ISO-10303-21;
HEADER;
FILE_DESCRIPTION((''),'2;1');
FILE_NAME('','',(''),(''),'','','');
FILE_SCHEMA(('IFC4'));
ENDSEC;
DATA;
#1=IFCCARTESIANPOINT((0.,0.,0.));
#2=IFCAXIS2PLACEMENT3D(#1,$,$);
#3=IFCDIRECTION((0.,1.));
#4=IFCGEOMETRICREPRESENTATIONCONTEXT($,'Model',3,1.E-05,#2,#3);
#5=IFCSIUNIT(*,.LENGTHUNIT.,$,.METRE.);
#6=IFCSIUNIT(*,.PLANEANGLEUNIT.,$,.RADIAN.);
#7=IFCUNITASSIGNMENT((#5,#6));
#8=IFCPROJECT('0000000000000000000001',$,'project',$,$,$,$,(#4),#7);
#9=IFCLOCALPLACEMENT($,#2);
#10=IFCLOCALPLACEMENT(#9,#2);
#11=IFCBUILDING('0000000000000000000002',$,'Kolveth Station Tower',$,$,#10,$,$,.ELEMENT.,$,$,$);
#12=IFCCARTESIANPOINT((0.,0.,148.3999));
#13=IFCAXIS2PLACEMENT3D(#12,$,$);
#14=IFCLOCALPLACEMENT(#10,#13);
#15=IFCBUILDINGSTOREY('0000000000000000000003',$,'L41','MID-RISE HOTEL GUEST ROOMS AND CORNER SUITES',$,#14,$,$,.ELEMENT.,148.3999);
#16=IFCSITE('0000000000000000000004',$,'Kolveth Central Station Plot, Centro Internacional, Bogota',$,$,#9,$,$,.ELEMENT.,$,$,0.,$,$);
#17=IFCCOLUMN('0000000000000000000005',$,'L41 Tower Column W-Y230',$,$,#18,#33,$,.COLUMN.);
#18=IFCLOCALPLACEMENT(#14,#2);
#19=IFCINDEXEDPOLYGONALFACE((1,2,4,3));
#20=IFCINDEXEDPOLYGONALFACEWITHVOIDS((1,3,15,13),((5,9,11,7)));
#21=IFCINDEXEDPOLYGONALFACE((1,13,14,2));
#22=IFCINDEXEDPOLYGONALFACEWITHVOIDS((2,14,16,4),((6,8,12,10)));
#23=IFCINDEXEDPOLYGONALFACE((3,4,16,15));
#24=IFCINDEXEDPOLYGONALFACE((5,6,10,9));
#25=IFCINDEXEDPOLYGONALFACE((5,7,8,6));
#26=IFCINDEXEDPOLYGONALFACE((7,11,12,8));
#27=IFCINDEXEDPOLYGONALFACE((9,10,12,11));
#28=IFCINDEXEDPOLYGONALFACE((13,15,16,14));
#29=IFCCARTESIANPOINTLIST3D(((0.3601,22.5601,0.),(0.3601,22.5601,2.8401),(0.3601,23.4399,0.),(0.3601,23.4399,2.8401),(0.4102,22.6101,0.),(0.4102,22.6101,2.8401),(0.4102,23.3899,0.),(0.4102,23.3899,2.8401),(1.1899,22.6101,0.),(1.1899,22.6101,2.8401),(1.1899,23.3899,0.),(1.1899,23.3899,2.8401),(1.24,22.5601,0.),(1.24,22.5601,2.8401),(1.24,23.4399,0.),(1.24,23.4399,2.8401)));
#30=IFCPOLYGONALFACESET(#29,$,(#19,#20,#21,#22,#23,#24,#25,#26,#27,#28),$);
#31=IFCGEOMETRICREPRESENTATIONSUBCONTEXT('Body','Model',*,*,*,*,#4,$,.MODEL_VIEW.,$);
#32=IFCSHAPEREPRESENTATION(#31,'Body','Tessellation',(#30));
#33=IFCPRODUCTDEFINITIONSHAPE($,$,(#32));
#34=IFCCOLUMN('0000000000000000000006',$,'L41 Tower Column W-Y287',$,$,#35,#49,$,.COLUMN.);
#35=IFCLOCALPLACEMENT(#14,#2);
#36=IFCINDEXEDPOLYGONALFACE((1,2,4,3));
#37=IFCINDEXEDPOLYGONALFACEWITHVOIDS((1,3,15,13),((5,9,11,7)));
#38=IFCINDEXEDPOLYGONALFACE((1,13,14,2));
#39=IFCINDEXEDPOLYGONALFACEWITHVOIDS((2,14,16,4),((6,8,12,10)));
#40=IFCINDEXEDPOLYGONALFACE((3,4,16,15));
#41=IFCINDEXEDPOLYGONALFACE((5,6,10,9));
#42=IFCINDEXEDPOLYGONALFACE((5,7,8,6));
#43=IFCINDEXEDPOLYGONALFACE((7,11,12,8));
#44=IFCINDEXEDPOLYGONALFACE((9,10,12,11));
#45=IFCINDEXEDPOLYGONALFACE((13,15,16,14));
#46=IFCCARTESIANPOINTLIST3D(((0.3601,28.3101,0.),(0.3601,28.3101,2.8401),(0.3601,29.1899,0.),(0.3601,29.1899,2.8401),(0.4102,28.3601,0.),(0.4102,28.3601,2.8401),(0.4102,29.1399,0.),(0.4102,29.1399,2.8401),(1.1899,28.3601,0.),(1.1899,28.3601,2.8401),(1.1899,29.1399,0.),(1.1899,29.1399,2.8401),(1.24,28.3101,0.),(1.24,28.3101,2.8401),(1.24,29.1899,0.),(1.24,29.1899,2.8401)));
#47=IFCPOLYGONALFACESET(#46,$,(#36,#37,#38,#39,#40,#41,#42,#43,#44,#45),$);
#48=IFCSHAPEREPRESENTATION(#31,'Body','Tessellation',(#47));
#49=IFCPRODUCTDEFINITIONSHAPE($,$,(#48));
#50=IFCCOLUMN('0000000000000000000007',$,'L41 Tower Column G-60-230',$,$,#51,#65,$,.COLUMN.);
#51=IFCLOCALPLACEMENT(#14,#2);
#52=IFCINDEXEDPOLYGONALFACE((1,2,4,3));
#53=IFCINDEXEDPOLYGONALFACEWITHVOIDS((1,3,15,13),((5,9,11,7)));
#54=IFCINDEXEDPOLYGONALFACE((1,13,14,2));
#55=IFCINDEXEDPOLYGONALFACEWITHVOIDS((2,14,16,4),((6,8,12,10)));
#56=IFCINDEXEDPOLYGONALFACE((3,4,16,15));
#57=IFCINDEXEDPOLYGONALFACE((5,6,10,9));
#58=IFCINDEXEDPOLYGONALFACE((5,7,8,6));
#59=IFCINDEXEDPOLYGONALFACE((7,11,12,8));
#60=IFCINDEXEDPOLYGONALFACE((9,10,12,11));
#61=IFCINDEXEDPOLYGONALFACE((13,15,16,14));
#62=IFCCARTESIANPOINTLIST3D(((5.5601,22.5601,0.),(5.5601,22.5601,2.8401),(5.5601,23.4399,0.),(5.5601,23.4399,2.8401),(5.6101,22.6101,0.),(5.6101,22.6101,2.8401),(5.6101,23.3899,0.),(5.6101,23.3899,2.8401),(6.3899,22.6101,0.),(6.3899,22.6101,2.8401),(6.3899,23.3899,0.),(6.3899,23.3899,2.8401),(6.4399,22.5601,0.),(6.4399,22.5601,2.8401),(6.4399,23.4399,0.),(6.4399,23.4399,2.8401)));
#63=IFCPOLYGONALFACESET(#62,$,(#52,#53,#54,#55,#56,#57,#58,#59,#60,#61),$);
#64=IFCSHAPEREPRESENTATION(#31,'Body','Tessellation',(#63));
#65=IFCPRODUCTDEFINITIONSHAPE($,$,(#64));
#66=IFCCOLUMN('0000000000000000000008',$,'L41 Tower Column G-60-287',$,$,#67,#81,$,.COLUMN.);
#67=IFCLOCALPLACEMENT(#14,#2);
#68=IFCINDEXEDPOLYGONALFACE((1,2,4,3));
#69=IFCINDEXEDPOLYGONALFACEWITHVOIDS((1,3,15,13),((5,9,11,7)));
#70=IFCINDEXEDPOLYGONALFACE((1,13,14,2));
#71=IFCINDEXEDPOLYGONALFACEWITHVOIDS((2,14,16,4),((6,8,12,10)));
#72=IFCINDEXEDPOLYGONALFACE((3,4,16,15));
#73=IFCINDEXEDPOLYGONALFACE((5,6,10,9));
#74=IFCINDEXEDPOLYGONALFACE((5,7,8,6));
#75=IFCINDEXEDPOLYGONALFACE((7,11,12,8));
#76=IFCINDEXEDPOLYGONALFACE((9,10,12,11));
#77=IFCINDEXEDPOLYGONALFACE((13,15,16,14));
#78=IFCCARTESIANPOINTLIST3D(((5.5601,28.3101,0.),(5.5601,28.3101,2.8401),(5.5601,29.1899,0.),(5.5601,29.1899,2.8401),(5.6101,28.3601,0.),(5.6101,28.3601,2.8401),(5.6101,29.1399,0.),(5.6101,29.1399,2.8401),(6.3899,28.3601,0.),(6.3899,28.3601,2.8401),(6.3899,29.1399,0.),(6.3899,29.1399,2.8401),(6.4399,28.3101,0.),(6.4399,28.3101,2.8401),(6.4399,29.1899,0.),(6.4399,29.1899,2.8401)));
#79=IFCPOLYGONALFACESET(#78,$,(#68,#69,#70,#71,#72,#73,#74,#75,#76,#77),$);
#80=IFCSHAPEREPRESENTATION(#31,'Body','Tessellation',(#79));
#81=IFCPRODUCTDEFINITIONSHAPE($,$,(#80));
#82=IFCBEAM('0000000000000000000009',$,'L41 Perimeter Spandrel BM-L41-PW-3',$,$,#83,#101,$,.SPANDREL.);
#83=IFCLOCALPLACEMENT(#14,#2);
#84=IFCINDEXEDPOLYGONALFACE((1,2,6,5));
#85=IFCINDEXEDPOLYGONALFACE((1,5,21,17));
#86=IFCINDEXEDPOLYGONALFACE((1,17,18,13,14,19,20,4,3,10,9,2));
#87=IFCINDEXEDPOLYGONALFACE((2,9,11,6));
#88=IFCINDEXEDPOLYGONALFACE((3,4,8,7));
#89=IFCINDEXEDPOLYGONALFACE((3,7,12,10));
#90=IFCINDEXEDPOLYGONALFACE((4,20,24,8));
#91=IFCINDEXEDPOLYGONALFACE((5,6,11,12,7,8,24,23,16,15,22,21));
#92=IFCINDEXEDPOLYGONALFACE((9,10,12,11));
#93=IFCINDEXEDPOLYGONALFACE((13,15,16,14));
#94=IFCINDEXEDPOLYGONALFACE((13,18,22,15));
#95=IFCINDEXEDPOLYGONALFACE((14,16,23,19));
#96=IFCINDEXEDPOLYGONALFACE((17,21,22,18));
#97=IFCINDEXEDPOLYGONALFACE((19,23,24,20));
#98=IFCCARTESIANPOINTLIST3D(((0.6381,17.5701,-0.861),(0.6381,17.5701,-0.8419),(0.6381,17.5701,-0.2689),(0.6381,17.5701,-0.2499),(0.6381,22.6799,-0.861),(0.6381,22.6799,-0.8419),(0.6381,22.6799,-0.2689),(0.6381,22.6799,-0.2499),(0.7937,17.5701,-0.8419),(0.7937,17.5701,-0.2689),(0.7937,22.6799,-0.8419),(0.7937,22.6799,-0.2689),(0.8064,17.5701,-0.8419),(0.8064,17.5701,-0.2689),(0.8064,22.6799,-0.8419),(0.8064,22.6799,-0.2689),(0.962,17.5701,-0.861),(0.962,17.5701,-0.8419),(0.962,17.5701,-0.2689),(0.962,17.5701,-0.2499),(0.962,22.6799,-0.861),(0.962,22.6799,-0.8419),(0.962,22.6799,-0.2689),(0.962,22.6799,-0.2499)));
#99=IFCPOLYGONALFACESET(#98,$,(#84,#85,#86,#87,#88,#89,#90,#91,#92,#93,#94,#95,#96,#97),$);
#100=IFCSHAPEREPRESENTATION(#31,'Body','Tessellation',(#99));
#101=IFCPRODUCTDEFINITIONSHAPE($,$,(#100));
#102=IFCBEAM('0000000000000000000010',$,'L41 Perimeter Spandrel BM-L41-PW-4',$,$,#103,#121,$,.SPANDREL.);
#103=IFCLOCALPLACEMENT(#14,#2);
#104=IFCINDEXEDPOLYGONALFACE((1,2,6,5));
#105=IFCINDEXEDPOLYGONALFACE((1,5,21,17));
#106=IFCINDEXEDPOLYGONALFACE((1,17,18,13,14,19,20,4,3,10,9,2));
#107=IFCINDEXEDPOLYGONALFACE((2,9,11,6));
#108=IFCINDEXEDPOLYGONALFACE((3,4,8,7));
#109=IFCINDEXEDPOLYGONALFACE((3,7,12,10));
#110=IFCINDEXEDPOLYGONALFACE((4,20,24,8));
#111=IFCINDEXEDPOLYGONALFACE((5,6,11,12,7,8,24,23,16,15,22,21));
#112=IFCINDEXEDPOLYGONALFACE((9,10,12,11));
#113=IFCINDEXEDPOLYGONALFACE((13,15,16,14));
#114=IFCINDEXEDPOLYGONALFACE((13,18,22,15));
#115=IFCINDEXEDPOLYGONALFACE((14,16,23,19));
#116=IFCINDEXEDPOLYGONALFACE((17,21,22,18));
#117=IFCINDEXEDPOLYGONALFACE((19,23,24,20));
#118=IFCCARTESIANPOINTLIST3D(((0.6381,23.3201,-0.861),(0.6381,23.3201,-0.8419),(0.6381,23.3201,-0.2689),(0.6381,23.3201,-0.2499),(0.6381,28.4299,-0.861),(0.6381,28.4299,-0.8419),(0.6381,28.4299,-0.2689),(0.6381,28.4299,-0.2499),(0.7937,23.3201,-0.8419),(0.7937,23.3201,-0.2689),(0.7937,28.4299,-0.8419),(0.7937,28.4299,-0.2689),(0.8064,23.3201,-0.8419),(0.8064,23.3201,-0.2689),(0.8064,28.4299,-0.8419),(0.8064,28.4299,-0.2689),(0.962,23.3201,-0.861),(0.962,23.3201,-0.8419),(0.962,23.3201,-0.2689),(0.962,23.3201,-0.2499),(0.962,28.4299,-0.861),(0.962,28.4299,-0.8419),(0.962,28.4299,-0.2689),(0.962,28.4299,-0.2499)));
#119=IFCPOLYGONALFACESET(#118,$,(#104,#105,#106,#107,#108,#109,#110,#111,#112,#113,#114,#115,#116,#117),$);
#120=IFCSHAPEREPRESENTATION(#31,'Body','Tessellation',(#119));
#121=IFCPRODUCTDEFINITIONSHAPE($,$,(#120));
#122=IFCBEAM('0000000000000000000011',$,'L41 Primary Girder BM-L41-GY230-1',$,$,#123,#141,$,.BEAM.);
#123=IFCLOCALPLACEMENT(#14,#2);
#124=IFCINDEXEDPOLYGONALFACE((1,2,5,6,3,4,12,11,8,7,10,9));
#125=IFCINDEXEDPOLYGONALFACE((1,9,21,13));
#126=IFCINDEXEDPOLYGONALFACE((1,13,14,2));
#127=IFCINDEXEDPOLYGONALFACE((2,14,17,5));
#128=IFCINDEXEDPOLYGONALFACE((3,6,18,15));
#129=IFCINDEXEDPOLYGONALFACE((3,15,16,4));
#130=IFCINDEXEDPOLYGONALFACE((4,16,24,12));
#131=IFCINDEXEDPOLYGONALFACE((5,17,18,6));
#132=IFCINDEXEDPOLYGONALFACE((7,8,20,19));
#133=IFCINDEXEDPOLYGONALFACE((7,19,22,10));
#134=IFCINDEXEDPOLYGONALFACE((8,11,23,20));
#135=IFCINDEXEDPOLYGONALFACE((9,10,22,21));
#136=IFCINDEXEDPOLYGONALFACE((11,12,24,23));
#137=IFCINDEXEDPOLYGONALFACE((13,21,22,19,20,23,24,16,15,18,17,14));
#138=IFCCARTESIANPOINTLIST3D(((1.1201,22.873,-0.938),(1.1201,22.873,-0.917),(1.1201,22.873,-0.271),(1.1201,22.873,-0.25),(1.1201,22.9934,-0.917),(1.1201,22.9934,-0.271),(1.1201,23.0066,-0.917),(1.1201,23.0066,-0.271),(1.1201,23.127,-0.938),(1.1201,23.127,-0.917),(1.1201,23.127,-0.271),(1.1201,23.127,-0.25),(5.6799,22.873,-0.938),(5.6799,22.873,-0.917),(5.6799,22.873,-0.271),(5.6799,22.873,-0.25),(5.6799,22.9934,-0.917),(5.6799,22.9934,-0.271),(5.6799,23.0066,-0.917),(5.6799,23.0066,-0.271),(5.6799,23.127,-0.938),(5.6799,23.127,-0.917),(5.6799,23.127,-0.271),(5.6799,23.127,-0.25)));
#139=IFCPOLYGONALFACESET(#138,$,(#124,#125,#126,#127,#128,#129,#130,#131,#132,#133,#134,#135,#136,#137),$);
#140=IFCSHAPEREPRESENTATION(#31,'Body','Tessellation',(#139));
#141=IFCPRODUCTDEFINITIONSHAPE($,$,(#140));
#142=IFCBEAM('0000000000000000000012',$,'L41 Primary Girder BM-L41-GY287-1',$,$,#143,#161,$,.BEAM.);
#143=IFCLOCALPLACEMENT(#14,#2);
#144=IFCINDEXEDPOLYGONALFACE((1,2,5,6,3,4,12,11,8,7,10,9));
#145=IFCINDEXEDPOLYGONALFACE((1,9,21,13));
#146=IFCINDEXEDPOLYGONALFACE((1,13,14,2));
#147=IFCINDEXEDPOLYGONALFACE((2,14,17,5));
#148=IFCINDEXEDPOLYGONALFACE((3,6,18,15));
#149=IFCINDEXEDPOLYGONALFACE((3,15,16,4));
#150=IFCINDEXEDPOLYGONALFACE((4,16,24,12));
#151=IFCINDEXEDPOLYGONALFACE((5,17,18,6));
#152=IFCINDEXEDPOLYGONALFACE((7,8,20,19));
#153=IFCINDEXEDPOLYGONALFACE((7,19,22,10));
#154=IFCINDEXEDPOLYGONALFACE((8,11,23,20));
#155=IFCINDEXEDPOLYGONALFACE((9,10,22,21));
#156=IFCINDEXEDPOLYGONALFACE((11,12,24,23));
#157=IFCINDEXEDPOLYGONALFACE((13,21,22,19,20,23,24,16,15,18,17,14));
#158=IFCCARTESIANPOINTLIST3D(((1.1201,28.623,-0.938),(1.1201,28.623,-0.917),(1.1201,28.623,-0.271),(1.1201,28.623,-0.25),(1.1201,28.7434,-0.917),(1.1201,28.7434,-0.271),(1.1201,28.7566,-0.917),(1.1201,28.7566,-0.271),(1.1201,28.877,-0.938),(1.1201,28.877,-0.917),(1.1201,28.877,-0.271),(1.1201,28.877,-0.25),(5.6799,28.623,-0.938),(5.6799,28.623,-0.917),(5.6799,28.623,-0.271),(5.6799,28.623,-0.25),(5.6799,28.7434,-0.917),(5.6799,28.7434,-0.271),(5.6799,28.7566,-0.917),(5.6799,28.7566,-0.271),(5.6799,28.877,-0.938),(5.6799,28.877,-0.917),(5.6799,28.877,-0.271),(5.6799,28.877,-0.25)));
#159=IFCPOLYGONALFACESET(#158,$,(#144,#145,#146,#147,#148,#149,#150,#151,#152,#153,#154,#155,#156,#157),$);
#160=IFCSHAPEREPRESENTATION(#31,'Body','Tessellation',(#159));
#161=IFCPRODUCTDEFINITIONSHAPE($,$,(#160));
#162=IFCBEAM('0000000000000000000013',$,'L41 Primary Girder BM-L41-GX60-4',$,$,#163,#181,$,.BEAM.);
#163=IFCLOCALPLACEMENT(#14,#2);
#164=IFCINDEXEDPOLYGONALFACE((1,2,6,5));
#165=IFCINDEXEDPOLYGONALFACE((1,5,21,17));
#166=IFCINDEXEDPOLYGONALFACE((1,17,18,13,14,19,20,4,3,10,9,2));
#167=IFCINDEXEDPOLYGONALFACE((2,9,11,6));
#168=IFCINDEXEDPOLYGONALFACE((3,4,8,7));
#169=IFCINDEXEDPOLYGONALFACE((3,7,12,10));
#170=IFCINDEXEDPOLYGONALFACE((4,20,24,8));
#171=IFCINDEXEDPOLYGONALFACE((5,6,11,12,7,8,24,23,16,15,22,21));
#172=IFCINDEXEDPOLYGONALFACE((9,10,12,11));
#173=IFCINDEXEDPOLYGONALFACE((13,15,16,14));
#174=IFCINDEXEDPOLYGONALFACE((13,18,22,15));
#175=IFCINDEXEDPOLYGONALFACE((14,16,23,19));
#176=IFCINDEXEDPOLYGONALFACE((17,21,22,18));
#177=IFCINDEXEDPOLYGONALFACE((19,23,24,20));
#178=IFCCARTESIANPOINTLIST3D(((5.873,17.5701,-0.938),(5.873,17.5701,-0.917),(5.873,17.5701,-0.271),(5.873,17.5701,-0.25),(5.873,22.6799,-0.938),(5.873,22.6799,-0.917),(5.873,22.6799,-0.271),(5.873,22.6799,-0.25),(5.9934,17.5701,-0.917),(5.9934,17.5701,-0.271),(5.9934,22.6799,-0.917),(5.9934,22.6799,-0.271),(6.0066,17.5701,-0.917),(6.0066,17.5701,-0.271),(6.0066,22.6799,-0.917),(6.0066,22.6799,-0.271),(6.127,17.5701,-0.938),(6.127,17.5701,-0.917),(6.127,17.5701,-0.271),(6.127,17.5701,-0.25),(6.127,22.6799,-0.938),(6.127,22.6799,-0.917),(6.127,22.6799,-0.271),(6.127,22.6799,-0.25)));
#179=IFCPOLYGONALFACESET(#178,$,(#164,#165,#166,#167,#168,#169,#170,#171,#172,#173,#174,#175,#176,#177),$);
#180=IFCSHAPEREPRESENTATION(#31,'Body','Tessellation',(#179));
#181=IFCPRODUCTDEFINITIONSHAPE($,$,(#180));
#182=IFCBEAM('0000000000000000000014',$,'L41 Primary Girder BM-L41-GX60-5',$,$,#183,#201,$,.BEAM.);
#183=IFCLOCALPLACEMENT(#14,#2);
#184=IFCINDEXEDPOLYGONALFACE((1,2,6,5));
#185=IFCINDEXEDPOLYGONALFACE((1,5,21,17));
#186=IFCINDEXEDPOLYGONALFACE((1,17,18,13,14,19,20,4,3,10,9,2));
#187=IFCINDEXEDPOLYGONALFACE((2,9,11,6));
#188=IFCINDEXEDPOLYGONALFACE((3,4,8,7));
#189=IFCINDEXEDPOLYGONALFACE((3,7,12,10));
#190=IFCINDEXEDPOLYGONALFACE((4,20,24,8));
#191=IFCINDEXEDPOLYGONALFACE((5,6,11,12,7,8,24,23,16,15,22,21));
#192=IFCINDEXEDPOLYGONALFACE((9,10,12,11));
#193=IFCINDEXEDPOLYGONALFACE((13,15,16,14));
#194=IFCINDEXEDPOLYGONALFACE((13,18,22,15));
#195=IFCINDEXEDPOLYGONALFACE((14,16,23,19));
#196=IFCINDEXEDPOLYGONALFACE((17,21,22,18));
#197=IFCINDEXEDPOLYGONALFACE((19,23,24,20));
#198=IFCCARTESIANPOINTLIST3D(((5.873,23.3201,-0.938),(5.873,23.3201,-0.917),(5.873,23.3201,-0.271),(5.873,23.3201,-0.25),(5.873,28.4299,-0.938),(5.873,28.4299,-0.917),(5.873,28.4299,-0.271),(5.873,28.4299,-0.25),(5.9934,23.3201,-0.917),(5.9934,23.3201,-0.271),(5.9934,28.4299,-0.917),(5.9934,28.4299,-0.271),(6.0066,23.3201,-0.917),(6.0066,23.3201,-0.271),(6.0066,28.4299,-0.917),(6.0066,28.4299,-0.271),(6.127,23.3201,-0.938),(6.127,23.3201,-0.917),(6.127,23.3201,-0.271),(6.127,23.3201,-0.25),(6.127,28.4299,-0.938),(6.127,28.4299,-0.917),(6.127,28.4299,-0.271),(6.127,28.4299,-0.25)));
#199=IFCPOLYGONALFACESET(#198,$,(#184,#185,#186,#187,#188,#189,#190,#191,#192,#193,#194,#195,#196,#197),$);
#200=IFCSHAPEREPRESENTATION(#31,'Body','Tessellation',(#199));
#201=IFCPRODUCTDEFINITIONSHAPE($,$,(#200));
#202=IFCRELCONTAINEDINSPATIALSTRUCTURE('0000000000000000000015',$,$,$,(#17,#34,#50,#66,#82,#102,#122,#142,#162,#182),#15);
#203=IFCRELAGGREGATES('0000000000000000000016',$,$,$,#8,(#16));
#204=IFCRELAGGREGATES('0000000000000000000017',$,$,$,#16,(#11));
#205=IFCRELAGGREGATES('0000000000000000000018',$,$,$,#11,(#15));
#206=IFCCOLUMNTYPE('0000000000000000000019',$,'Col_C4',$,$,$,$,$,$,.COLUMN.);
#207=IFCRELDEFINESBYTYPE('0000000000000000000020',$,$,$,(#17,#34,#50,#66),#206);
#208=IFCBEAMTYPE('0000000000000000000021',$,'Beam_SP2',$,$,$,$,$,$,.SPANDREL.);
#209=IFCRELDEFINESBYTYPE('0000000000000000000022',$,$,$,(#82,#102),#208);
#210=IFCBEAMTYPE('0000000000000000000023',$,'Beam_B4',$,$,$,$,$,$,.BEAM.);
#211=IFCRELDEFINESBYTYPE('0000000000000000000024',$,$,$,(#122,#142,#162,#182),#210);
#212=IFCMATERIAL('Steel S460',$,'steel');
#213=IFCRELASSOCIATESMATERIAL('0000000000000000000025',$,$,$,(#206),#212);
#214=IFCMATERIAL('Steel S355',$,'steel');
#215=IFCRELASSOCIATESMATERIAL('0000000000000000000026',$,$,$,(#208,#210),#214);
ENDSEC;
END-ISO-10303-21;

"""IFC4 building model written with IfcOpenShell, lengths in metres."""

from ifc_helpers import new_model, si_unit, direction, frame, origin, origin_2d, place, context, subcontext, project, spatial, hollow_rectangle, i_section, extrude, source, transform, mapped, material, material_profile, profile_set, type_object, element, save


model = new_model("IFC4")

# Units and contexts
model_context = context("Model", 3, precision=1e-05, world=origin(), true_north=direction((0.0, 1.0)))
body_context = subcontext(model_context, "Body", "Model", "MODEL_VIEW")
ifc_project = project(units=[si_unit("LENGTHUNIT", "METRE"), si_unit("PLANEANGLEUNIT", "RADIAN")], contexts=[model_context])

# Site, building, storey
site_placement = place(None, origin())
site = spatial("IfcSite", under=ifc_project, at=site_placement, Name="Kolveth Central Station Plot, Centro Internacional, Bogota", CompositionType="ELEMENT", RefElevation=0.0)
building_placement = place(site_placement, origin())
building = spatial("IfcBuilding", under=site, at=building_placement, Name="Kolveth Station Tower", CompositionType="ELEMENT")
storey_placement = place(building_placement, frame((0.0, 0.0, 148.3999)))
storey = spatial("IfcBuildingStorey", under=building, at=storey_placement, Name="L41", Description="MID-RISE HOTEL GUEST ROOMS AND CORNER SUITES", CompositionType="ELEMENT", Elevation=148.3999)

# Columns
ifc_material_1 = material(Name="Steel S460", Category="steel")
ifc_material_profile_1 = material_profile(ifc_material_1, hollow_rectangle(XDim=0.8799, YDim=0.8799, WallThickness=0.05, at=origin_2d()), Name="BOX880x880x50")
ifc_profile_set_1 = profile_set([ifc_material_profile_1], Name="Steel S460")
column_type = type_object("IfcColumnType", Name="Col_C4", PredefinedType="COLUMN", material=ifc_profile_set_1)
shared_shape_1 = source(origin(), body_context, "Body", "SweptSolid", [
    extrude(hollow_rectangle(XDim=0.8799, YDim=0.8799, WallThickness=0.05, at=origin_2d()), origin(), (0.0, 0.0, 1.0), 2.8401),
])
for number, where, z_axis, x_axis, name in (
    (1, (0.8, 23.0, 0.0), (0.0, 0.0, 1.0), (1.0, 0.0, 0.0), "L41 Tower Column W-Y230"),
    (2, (0.8, 28.75, 0.0), (0.0, 0.0, 1.0), (1.0, 0.0, 0.0), "L41 Tower Column W-Y287"),
    (3, (6.0, 23.0, 0.0), (0.0, 0.0, 1.0), (1.0, 0.0, 0.0), "L41 Tower Column G-60-230"),
    (4, (6.0, 28.75, 0.0), (0.0, 0.0, 1.0), (1.0, 0.0, 0.0), "L41 Tower Column G-60-287"),
):
    element("IfcColumn", number, at=place(storey_placement, frame(where, z_axis=z_axis, x_axis=x_axis)), inside=storey, type_object=column_type, Name=name, PredefinedType="COLUMN", context=body_context, shape_type="MappedRepresentation", body=[
        mapped(shared_shape_1, transform((0.0, 0.0, 0.0), x_axis=(1.0, 0.0, 0.0), y_axis=(0.0, 1.0, 0.0), z_axis=(0.0, 0.0, 1.0), scale=1.0)),
    ])

# Beams
ifc_material_2 = material(Name="Steel S355", Category="steel")
ifc_material_profile_2 = material_profile(ifc_material_2, i_section(OverallWidth=0.324, OverallDepth=0.6111, WebThickness=0.0127, FlangeThickness=0.019, at=origin_2d()), Name="W610x155")
ifc_profile_set_2 = profile_set([ifc_material_profile_2], Name="Steel S355")
beam_type_1 = type_object("IfcBeamType", Name="Beam_SP2", PredefinedType="SPANDREL", material=ifc_profile_set_2)
shared_shape_2 = source(origin(), body_context, "Body", "SweptSolid", [
    extrude(i_section(OverallWidth=0.324, OverallDepth=0.6111, WebThickness=0.0127, FlangeThickness=0.019, at=origin_2d()), origin(), (0.0, 0.0, 1.0), 5.1099),
])
for number, where, z_axis, x_axis, name in (
    (5, (0.8, 17.5701, -0.5554), (0.0, 1.0, 0.0), (-1.0, 0.0, 0.0), "L41 Perimeter Spandrel BM-L41-PW-3"),
    (6, (0.8, 23.3201, -0.5554), (0.0, 1.0, 0.0), (-1.0, 0.0, 0.0), "L41 Perimeter Spandrel BM-L41-PW-4"),
):
    element("IfcBeam", number, at=place(storey_placement, frame(where, z_axis=z_axis, x_axis=x_axis)), inside=storey, type_object=beam_type_1, Name=name, PredefinedType="SPANDREL", context=body_context, shape_type="MappedRepresentation", body=[
        mapped(shared_shape_2, transform((0.0, 0.0, 0.0), x_axis=(1.0, 0.0, 0.0), y_axis=(0.0, 1.0, 0.0), z_axis=(0.0, 0.0, 1.0), scale=1.0)),
    ])
ifc_material_profile_3 = material_profile(ifc_material_2, i_section(OverallWidth=0.2539, OverallDepth=0.688, WebThickness=0.0132, FlangeThickness=0.021, at=origin_2d()), Name="W690x152")
ifc_profile_set_3 = profile_set([ifc_material_profile_3], Name="Steel S355")
beam_type_2 = type_object("IfcBeamType", Name="Beam_B4", PredefinedType="BEAM", material=ifc_profile_set_3)
shared_shape_3 = source(origin(), body_context, "Body", "SweptSolid", [
    extrude(i_section(OverallWidth=0.2539, OverallDepth=0.688, WebThickness=0.0132, FlangeThickness=0.021, at=origin_2d()), origin(), (0.0, 0.0, 1.0), 4.5598),
])
for number, where, z_axis, x_axis, name in (
    (7, (1.1201, 23.0, -0.594), (1.0, 0.0, 0.0), (0.0, 1.0, 0.0), "L41 Primary Girder BM-L41-GY230-1"),
    (8, (1.1201, 28.75, -0.594), (1.0, 0.0, 0.0), (0.0, 1.0, 0.0), "L41 Primary Girder BM-L41-GY287-1"),
):
    element("IfcBeam", number, at=place(storey_placement, frame(where, z_axis=z_axis, x_axis=x_axis)), inside=storey, type_object=beam_type_2, Name=name, PredefinedType="BEAM", context=body_context, shape_type="MappedRepresentation", body=[
        mapped(shared_shape_3, transform((0.0, 0.0, 0.0), x_axis=(1.0, 0.0, 0.0), y_axis=(0.0, 1.0, 0.0), z_axis=(0.0, 0.0, 1.0), scale=1.0)),
    ])
shared_shape_4 = source(origin(), body_context, "Body", "SweptSolid", [
    extrude(i_section(OverallWidth=0.2539, OverallDepth=0.688, WebThickness=0.0132, FlangeThickness=0.021, at=origin_2d()), origin(), (0.0, 0.0, 1.0), 5.1099),
])
for number, where, z_axis, x_axis, name in (
    (9, (6.0, 17.5701, -0.594), (0.0, 1.0, 0.0), (-1.0, 0.0, 0.0), "L41 Primary Girder BM-L41-GX60-4"),
    (10, (6.0, 23.3201, -0.594), (0.0, 1.0, 0.0), (-1.0, 0.0, 0.0), "L41 Primary Girder BM-L41-GX60-5"),
):
    element("IfcBeam", number, at=place(storey_placement, frame(where, z_axis=z_axis, x_axis=x_axis)), inside=storey, type_object=beam_type_2, Name=name, PredefinedType="BEAM", context=body_context, shape_type="MappedRepresentation", body=[
        mapped(shared_shape_4, transform((0.0, 0.0, 0.0), x_axis=(1.0, 0.0, 0.0), y_axis=(0.0, 1.0, 0.0), z_axis=(0.0, 0.0, 1.0), scale=1.0)),
    ])

save(model, "model.ifc")
